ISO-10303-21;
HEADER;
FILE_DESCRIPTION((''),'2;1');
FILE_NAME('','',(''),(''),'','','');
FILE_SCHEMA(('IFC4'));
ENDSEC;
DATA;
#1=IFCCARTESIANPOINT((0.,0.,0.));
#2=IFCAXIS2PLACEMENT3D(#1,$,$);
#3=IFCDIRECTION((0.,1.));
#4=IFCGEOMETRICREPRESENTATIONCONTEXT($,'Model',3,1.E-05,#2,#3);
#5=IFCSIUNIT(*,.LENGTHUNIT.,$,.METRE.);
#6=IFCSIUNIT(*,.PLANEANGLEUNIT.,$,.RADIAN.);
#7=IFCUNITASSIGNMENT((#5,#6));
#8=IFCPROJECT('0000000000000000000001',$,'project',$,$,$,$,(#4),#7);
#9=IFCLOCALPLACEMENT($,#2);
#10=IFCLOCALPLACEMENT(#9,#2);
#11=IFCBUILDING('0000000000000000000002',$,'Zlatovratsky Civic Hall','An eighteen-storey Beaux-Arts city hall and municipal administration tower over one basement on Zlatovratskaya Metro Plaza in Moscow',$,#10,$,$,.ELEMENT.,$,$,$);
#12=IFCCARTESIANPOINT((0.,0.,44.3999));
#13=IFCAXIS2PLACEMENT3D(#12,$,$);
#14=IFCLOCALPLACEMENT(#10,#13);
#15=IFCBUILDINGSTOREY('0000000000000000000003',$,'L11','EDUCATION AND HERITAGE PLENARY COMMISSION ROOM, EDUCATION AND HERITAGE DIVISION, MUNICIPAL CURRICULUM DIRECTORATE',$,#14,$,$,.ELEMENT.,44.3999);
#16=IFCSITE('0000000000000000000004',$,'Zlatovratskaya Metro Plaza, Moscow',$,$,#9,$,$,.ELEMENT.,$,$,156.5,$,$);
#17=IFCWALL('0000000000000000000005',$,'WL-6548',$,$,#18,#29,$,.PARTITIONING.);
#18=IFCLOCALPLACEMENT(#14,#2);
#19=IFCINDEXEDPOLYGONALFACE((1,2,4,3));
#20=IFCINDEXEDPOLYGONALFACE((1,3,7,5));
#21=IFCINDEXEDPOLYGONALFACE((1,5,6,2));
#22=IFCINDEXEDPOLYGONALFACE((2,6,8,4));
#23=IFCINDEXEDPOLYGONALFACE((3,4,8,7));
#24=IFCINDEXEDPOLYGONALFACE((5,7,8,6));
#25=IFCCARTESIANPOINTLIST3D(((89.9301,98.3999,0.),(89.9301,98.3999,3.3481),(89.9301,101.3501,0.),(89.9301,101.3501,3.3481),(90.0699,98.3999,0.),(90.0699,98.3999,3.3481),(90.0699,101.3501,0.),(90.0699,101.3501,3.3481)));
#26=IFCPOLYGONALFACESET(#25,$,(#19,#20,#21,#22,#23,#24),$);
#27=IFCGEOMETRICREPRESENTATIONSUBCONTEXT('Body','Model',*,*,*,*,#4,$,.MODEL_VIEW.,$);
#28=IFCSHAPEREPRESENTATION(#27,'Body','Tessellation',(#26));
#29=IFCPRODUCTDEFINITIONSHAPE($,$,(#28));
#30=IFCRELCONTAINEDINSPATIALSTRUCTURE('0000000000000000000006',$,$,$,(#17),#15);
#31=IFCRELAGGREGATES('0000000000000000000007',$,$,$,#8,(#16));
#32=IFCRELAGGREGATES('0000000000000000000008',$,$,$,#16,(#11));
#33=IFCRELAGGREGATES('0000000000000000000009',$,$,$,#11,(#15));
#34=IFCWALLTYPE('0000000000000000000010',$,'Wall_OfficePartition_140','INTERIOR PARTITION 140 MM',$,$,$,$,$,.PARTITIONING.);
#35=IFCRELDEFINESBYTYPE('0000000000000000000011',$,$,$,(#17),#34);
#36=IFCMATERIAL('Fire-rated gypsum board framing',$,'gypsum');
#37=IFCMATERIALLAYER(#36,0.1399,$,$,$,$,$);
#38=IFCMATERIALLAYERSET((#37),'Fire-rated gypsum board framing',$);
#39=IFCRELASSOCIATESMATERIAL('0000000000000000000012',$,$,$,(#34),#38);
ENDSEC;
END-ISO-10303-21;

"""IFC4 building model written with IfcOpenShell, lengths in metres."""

from ifc_helpers import new_model, si_unit, direction, frame, frame_2d, origin, place, context, subcontext, project, spatial, rectangle, extrude, material, layer, layer_set, type_object, element, save


model = new_model("IFC4")

# Units and contexts
model_context = context("Model", 3, precision=1e-05, world=origin(), true_north=direction((0.0, 1.0)))
body_context = subcontext(model_context, "Body", "Model", "MODEL_VIEW")
ifc_project = project(units=[si_unit("LENGTHUNIT", "METRE"), si_unit("PLANEANGLEUNIT", "RADIAN")], contexts=[model_context])

# Site, building, storey
site_placement = place(None, origin())
site = spatial("IfcSite", under=ifc_project, at=site_placement, Name="Zlatovratskaya Metro Plaza, Moscow", CompositionType="ELEMENT", RefElevation=156.5)
building_placement = place(site_placement, origin())
building = spatial("IfcBuilding", under=site, at=building_placement, Name="Zlatovratsky Civic Hall", Description="An eighteen-storey Beaux-Arts city hall and municipal administration tower over one basement on Zlatovratskaya Metro Plaza in Moscow", CompositionType="ELEMENT")
storey_placement = place(building_placement, frame((0.0, 0.0, 44.3999)))
storey = spatial("IfcBuildingStorey", under=building, at=storey_placement, Name="L11", Description="EDUCATION AND HERITAGE PLENARY COMMISSION ROOM, EDUCATION AND HERITAGE DIVISION, MUNICIPAL CURRICULUM DIRECTORATE", CompositionType="ELEMENT", Elevation=44.3999)

# Shared definitions
ifc_material_1 = material(Name="Fire-rated gypsum board framing", Category="gypsum")
ifc_layer_1 = layer(ifc_material_1, 0.1399)
ifc_layer_set_1 = layer_set([ifc_layer_1], Name="Fire-rated gypsum board framing")
wall_type = type_object("IfcWallType", Name="Wall_OfficePartition_140", Description="INTERIOR PARTITION 140 MM", PredefinedType="PARTITIONING", material=ifc_layer_set_1)

# Wall
for number, where, z_axis, x_axis, name in (
    (1, (90.0, 98.3999, 0.0), (0.0, 0.0, 1.0), (0.0, 1.0, 0.0), "WL-6548"),
):
    element("IfcWall", number, at=place(storey_placement, frame(where, z_axis=z_axis, x_axis=x_axis)), inside=storey, type_object=wall_type, Name=name, PredefinedType="PARTITIONING", context=body_context, shape_type="SweptSolid", body=[
        extrude(rectangle(XDim=2.9502, YDim=0.1399, at=frame_2d((1.4751, 0.0))), origin(), (0.0, 0.0, 1.0), 3.3481),
    ])

save(model, "model.ifc")
